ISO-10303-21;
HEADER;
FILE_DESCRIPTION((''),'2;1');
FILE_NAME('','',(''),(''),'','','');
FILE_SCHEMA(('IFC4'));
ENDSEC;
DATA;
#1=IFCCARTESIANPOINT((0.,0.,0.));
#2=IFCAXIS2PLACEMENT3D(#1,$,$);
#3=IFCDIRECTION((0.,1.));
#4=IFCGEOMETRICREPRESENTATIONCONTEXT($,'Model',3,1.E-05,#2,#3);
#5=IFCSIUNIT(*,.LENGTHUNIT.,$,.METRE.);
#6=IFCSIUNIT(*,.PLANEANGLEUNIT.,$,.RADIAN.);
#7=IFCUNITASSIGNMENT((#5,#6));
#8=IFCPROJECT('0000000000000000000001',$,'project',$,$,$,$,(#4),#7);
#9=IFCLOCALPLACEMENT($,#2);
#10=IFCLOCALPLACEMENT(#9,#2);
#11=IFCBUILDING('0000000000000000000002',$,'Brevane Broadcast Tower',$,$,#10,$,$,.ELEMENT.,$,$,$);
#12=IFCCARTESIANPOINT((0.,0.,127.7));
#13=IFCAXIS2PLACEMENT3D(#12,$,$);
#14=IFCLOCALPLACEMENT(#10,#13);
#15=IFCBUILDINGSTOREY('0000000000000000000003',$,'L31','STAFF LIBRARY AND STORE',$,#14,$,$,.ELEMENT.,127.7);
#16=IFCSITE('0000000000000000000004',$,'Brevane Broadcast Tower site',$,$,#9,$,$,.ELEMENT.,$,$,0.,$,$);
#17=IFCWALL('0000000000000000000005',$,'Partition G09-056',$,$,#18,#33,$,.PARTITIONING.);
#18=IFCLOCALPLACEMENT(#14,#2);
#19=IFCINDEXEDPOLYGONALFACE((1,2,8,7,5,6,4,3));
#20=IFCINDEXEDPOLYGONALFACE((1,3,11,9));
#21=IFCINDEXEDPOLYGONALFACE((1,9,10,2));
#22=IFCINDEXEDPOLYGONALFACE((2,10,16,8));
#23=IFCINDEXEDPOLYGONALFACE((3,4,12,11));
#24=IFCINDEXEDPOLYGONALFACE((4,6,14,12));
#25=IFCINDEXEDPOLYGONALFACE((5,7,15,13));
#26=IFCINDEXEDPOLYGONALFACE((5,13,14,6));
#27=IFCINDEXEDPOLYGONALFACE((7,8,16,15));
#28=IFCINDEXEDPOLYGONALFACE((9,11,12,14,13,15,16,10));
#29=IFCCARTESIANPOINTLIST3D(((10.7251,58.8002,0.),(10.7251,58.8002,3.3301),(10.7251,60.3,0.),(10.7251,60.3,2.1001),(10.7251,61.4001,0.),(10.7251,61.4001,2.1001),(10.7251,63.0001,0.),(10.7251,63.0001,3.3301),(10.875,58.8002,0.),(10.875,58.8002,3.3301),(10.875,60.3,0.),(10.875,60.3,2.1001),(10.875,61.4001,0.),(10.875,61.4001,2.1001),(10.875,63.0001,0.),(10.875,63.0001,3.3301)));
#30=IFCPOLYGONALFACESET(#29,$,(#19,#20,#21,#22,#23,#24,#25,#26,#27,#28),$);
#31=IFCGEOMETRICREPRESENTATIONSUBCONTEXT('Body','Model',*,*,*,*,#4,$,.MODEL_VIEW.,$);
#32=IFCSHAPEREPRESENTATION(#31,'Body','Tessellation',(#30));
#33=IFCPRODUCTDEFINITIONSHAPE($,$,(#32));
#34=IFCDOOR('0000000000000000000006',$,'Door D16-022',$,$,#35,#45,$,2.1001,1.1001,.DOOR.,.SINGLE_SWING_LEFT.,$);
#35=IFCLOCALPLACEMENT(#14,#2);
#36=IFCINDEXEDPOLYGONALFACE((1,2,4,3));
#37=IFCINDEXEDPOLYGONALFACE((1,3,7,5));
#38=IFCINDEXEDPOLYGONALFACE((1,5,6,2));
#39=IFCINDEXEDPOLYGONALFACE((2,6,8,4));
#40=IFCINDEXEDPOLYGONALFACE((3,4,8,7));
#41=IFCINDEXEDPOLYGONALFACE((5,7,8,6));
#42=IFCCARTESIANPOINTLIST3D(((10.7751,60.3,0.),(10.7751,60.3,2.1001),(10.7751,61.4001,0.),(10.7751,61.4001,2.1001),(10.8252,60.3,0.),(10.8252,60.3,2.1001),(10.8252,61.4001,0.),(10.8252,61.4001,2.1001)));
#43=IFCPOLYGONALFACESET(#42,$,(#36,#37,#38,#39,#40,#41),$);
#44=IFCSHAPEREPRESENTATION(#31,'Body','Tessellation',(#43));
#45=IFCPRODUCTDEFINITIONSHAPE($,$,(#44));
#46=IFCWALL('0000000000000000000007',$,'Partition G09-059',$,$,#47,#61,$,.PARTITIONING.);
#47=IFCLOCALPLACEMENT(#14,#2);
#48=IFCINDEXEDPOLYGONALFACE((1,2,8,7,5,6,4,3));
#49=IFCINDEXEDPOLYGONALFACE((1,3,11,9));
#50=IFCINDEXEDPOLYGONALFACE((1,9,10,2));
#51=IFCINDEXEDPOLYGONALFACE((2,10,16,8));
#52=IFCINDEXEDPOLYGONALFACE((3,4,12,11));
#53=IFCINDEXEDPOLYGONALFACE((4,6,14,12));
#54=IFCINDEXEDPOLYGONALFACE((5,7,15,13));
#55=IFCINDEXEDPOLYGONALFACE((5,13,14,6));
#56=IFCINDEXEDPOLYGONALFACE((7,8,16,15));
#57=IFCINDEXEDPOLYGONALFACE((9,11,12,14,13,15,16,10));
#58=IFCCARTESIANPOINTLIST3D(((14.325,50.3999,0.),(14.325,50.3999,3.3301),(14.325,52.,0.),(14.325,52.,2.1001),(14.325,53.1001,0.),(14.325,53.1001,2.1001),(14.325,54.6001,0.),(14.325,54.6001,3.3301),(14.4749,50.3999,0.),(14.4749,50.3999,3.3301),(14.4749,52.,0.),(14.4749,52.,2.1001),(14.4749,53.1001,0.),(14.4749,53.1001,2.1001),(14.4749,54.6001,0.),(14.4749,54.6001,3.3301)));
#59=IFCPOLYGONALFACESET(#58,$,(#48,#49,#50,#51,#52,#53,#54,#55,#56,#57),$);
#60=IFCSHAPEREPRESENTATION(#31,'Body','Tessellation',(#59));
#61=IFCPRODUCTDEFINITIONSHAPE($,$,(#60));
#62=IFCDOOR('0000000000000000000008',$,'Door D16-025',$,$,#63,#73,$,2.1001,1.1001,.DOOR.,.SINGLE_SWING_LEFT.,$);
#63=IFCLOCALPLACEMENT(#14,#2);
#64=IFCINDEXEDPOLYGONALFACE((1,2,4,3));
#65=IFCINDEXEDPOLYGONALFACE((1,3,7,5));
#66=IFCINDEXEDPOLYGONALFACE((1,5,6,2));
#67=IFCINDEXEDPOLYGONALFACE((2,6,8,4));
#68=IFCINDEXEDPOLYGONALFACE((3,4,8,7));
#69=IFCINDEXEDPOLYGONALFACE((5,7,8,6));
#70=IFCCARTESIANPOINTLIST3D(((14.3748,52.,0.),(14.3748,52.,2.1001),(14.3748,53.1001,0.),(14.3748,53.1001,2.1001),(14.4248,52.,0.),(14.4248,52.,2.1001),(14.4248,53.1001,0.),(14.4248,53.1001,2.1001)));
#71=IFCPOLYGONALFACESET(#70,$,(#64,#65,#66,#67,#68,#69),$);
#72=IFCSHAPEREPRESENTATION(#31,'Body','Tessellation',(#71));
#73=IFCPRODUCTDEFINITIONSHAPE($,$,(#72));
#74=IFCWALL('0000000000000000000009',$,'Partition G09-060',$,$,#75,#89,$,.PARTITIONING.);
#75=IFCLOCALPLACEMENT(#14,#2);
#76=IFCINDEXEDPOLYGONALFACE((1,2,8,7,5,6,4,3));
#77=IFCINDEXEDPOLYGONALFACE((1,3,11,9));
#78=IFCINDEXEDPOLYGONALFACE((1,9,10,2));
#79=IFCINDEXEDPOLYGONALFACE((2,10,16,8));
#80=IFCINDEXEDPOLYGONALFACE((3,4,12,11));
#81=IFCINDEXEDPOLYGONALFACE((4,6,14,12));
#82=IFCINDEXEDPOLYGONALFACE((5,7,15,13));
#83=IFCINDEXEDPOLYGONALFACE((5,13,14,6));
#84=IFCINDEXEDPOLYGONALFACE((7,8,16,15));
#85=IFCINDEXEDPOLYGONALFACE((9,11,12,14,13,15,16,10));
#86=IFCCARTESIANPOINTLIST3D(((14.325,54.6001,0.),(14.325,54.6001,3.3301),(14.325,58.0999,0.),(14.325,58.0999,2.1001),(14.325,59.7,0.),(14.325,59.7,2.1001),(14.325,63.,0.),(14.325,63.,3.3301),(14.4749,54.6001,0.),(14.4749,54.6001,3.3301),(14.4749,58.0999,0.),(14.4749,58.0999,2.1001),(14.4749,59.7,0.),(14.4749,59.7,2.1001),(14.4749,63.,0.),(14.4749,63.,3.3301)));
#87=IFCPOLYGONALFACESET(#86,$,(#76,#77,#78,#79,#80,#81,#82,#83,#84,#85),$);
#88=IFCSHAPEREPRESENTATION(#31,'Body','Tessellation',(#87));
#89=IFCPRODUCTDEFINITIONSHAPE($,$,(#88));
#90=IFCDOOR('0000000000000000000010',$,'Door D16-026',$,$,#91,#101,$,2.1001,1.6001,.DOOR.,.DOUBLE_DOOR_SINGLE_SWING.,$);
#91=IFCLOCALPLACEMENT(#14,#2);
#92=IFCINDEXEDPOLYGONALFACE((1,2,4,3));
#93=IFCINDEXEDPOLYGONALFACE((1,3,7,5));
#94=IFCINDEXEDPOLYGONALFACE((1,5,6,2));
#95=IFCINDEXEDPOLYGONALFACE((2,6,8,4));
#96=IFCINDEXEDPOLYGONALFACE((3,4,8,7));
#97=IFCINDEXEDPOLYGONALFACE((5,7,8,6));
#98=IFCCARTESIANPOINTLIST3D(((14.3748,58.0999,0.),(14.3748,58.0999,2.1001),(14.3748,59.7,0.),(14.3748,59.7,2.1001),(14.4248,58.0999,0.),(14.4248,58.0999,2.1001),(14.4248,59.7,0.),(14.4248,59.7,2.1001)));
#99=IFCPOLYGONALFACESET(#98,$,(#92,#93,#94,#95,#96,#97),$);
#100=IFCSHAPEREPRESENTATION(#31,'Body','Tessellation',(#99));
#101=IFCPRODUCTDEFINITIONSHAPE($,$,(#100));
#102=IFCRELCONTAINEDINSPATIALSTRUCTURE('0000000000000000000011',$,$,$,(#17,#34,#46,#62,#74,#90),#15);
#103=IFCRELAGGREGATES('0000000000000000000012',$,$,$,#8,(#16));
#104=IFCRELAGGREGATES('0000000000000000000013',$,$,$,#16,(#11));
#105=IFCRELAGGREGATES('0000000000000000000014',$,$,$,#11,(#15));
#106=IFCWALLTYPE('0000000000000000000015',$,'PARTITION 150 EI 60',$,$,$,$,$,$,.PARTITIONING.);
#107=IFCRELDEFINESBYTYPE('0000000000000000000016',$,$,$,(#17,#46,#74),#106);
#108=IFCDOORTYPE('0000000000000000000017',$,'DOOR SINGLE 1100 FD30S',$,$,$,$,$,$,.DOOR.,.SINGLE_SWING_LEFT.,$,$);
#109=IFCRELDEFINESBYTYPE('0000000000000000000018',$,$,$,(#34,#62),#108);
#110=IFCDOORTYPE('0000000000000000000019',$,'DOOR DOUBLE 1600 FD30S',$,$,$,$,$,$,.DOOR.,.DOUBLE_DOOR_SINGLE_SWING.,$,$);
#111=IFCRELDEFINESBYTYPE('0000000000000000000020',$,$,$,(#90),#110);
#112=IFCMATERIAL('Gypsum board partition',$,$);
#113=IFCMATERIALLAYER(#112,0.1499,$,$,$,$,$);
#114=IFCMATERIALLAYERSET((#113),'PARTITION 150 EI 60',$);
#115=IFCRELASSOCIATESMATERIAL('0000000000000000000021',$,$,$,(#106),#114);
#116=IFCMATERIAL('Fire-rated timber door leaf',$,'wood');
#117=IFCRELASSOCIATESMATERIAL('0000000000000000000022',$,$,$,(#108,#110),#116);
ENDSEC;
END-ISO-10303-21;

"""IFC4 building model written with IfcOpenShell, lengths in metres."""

from ifc_helpers import new_model, si_unit, direction, frame, frame_2d, origin, place, context, subcontext, project, spatial, rectangle, extrude, material, layer, layer_set, type_object, element, fill, save


model = new_model("IFC4")

# Units and contexts
model_context = context("Model", 3, precision=1e-05, world=origin(), true_north=direction((0.0, 1.0)))
body_context = subcontext(model_context, "Body", "Model", "MODEL_VIEW")
ifc_project = project(units=[si_unit("LENGTHUNIT", "METRE"), si_unit("PLANEANGLEUNIT", "RADIAN")], contexts=[model_context])

# Site, building, storey
site_placement = place(None, origin())
site = spatial("IfcSite", under=ifc_project, at=site_placement, Name="Brevane Broadcast Tower site", CompositionType="ELEMENT", RefElevation=0.0)
building_placement = place(site_placement, origin())
building = spatial("IfcBuilding", under=site, at=building_placement, Name="Brevane Broadcast Tower", CompositionType="ELEMENT")
storey_placement = place(building_placement, frame((0.0, 0.0, 127.7)))
storey = spatial("IfcBuildingStorey", under=building, at=storey_placement, Name="L31", Description="STAFF LIBRARY AND STORE", CompositionType="ELEMENT", Elevation=127.7)

# Shared definitions
ifc_material_1 = material(Name="Gypsum board partition")

# Walls, openings, doors
ifc_layer_1 = layer(ifc_material_1, 0.1499)
ifc_layer_set_1 = layer_set([ifc_layer_1], Name="PARTITION 150 EI 60")
wall_type_1 = type_object("IfcWallType", Name="PARTITION 150 EI 60", PredefinedType="PARTITIONING", material=ifc_layer_set_1)
ifc_material_2 = material(Name="Fire-rated timber door leaf", Category="wood")
door_type_1 = type_object("IfcDoorType", Name="DOOR SINGLE 1100 FD30S", OperationType="SINGLE_SWING_LEFT", PredefinedType="DOOR", material=ifc_material_2)
wall_1_placement = place(storey_placement, frame((10.8, 58.8, 0.0), z_axis=(0.0, 0.0, 1.0), x_axis=(0.0, 1.0, 0.0)))
wall_1 = element("IfcWall", 1, at=wall_1_placement, inside=storey, type_object=wall_type_1, Name="Partition G09-056", PredefinedType="PARTITIONING", context=body_context, shape_type="SweptSolid", body=[
    extrude(rectangle(XDim=4.2, YDim=0.1499, at=frame_2d((2.1001, 0.0))), origin(), (0.0, 0.0, 1.0), 3.3301),
])
opening_1_placement = place(wall_1_placement, frame((1.5, 0.0, 0.0)))
opening_1 = element("IfcOpeningElement", 2, at=opening_1_placement, cuts=wall_1, PredefinedType="OPENING", context=body_context, shape_type="SweptSolid", body=[
    extrude(rectangle(XDim=1.1001, YDim=2.1001, at=frame_2d((0.55, 1.05))), frame((0.0, 0.085, 0.0), z_axis=(0.0, -1.0, 0.0), x_axis=(1.0, 0.0, 0.0)), (0.0, 0.0, 1.0), 0.1699),
])
door_1_placement = place(opening_1_placement, origin())
door_1 = element("IfcDoor", 3, at=door_1_placement, inside=storey, type_object=door_type_1, Name="Door D16-022", OperationType="SINGLE_SWING_LEFT", OverallHeight=2.1001, OverallWidth=1.1001, PredefinedType="DOOR", context=body_context, shape_type="SweptSolid", body=[
    extrude(rectangle(XDim=1.1001, YDim=2.1001, at=frame_2d((0.55, 1.05))), frame((0.0, 0.0249, 0.0), z_axis=(0.0, -1.0, 0.0), x_axis=(1.0, 0.0, 0.0)), (0.0, 0.0, 1.0), 0.05),
])
fill(opening_1, door_1)
wall_2_placement = place(storey_placement, frame((14.3999, 54.6001, 0.0), z_axis=(0.0, 0.0, 1.0), x_axis=(0.0, -1.0, 0.0)))
wall_2 = element("IfcWall", 4, at=wall_2_placement, inside=storey, type_object=wall_type_1, Name="Partition G09-059", PredefinedType="PARTITIONING", context=body_context, shape_type="SweptSolid", body=[
    extrude(rectangle(XDim=4.2002, YDim=0.1499, at=frame_2d((2.1001, 0.0))), origin(), (0.0, 0.0, 1.0), 3.3301),
])
opening_2_placement = place(wall_2_placement, frame((1.5, 0.0, 0.0)))
opening_2 = element("IfcOpeningElement", 5, at=opening_2_placement, cuts=wall_2, PredefinedType="OPENING", context=body_context, shape_type="SweptSolid", body=[
    extrude(rectangle(XDim=1.1001, YDim=2.1001, at=frame_2d((0.55, 1.05))), frame((0.0, 0.085, 0.0), z_axis=(0.0, -1.0, 0.0), x_axis=(1.0, 0.0, 0.0)), (0.0, 0.0, 1.0), 0.1699),
])
door_2_placement = place(opening_2_placement, origin())
door_2 = element("IfcDoor", 6, at=door_2_placement, inside=storey, type_object=door_type_1, Name="Door D16-025", OperationType="SINGLE_SWING_LEFT", OverallHeight=2.1001, OverallWidth=1.1001, PredefinedType="DOOR", context=body_context, shape_type="SweptSolid", body=[
    extrude(rectangle(XDim=1.1001, YDim=2.1001, at=frame_2d((0.55, 1.05))), frame((0.0, 0.0249, 0.0), z_axis=(0.0, -1.0, 0.0), x_axis=(1.0, 0.0, 0.0)), (0.0, 0.0, 1.0), 0.05),
])
fill(opening_2, door_2)
wall_3_placement = place(storey_placement, frame((14.3999, 63.0, 0.0), z_axis=(0.0, 0.0, 1.0), x_axis=(0.0, -1.0, 0.0)))
wall_3 = element("IfcWall", 7, at=wall_3_placement, inside=storey, type_object=wall_type_1, Name="Partition G09-060", PredefinedType="PARTITIONING", context=body_context, shape_type="SweptSolid", body=[
    extrude(rectangle(XDim=8.3999, YDim=0.1499, at=frame_2d((4.2, 0.0))), origin(), (0.0, 0.0, 1.0), 3.3301),
])
opening_3_placement = place(wall_3_placement, frame((3.3, 0.0, 0.0)))
opening_3 = element("IfcOpeningElement", 8, at=opening_3_placement, cuts=wall_3, PredefinedType="OPENING", context=body_context, shape_type="SweptSolid", body=[
    extrude(rectangle(XDim=1.6001, YDim=2.1001, at=frame_2d((0.8, 1.05))), frame((0.0, 0.085, 0.0), z_axis=(0.0, -1.0, 0.0), x_axis=(1.0, 0.0, 0.0)), (0.0, 0.0, 1.0), 0.1699),
])
door_type_2 = type_object("IfcDoorType", Name="DOOR DOUBLE 1600 FD30S", OperationType="DOUBLE_DOOR_SINGLE_SWING", PredefinedType="DOOR", material=ifc_material_2)
door_3_placement = place(opening_3_placement, origin())
door_3 = element("IfcDoor", 9, at=door_3_placement, inside=storey, type_object=door_type_2, Name="Door D16-026", OperationType="DOUBLE_DOOR_SINGLE_SWING", OverallHeight=2.1001, OverallWidth=1.6001, PredefinedType="DOOR", context=body_context, shape_type="SweptSolid", body=[
    extrude(rectangle(XDim=1.6001, YDim=2.1001, at=frame_2d((0.8, 1.05))), frame((0.0, 0.0249, 0.0), z_axis=(0.0, -1.0, 0.0), x_axis=(1.0, 0.0, 0.0)), (0.0, 0.0, 1.0), 0.05),
])
fill(opening_3, door_3)

save(model, "model.ifc")
